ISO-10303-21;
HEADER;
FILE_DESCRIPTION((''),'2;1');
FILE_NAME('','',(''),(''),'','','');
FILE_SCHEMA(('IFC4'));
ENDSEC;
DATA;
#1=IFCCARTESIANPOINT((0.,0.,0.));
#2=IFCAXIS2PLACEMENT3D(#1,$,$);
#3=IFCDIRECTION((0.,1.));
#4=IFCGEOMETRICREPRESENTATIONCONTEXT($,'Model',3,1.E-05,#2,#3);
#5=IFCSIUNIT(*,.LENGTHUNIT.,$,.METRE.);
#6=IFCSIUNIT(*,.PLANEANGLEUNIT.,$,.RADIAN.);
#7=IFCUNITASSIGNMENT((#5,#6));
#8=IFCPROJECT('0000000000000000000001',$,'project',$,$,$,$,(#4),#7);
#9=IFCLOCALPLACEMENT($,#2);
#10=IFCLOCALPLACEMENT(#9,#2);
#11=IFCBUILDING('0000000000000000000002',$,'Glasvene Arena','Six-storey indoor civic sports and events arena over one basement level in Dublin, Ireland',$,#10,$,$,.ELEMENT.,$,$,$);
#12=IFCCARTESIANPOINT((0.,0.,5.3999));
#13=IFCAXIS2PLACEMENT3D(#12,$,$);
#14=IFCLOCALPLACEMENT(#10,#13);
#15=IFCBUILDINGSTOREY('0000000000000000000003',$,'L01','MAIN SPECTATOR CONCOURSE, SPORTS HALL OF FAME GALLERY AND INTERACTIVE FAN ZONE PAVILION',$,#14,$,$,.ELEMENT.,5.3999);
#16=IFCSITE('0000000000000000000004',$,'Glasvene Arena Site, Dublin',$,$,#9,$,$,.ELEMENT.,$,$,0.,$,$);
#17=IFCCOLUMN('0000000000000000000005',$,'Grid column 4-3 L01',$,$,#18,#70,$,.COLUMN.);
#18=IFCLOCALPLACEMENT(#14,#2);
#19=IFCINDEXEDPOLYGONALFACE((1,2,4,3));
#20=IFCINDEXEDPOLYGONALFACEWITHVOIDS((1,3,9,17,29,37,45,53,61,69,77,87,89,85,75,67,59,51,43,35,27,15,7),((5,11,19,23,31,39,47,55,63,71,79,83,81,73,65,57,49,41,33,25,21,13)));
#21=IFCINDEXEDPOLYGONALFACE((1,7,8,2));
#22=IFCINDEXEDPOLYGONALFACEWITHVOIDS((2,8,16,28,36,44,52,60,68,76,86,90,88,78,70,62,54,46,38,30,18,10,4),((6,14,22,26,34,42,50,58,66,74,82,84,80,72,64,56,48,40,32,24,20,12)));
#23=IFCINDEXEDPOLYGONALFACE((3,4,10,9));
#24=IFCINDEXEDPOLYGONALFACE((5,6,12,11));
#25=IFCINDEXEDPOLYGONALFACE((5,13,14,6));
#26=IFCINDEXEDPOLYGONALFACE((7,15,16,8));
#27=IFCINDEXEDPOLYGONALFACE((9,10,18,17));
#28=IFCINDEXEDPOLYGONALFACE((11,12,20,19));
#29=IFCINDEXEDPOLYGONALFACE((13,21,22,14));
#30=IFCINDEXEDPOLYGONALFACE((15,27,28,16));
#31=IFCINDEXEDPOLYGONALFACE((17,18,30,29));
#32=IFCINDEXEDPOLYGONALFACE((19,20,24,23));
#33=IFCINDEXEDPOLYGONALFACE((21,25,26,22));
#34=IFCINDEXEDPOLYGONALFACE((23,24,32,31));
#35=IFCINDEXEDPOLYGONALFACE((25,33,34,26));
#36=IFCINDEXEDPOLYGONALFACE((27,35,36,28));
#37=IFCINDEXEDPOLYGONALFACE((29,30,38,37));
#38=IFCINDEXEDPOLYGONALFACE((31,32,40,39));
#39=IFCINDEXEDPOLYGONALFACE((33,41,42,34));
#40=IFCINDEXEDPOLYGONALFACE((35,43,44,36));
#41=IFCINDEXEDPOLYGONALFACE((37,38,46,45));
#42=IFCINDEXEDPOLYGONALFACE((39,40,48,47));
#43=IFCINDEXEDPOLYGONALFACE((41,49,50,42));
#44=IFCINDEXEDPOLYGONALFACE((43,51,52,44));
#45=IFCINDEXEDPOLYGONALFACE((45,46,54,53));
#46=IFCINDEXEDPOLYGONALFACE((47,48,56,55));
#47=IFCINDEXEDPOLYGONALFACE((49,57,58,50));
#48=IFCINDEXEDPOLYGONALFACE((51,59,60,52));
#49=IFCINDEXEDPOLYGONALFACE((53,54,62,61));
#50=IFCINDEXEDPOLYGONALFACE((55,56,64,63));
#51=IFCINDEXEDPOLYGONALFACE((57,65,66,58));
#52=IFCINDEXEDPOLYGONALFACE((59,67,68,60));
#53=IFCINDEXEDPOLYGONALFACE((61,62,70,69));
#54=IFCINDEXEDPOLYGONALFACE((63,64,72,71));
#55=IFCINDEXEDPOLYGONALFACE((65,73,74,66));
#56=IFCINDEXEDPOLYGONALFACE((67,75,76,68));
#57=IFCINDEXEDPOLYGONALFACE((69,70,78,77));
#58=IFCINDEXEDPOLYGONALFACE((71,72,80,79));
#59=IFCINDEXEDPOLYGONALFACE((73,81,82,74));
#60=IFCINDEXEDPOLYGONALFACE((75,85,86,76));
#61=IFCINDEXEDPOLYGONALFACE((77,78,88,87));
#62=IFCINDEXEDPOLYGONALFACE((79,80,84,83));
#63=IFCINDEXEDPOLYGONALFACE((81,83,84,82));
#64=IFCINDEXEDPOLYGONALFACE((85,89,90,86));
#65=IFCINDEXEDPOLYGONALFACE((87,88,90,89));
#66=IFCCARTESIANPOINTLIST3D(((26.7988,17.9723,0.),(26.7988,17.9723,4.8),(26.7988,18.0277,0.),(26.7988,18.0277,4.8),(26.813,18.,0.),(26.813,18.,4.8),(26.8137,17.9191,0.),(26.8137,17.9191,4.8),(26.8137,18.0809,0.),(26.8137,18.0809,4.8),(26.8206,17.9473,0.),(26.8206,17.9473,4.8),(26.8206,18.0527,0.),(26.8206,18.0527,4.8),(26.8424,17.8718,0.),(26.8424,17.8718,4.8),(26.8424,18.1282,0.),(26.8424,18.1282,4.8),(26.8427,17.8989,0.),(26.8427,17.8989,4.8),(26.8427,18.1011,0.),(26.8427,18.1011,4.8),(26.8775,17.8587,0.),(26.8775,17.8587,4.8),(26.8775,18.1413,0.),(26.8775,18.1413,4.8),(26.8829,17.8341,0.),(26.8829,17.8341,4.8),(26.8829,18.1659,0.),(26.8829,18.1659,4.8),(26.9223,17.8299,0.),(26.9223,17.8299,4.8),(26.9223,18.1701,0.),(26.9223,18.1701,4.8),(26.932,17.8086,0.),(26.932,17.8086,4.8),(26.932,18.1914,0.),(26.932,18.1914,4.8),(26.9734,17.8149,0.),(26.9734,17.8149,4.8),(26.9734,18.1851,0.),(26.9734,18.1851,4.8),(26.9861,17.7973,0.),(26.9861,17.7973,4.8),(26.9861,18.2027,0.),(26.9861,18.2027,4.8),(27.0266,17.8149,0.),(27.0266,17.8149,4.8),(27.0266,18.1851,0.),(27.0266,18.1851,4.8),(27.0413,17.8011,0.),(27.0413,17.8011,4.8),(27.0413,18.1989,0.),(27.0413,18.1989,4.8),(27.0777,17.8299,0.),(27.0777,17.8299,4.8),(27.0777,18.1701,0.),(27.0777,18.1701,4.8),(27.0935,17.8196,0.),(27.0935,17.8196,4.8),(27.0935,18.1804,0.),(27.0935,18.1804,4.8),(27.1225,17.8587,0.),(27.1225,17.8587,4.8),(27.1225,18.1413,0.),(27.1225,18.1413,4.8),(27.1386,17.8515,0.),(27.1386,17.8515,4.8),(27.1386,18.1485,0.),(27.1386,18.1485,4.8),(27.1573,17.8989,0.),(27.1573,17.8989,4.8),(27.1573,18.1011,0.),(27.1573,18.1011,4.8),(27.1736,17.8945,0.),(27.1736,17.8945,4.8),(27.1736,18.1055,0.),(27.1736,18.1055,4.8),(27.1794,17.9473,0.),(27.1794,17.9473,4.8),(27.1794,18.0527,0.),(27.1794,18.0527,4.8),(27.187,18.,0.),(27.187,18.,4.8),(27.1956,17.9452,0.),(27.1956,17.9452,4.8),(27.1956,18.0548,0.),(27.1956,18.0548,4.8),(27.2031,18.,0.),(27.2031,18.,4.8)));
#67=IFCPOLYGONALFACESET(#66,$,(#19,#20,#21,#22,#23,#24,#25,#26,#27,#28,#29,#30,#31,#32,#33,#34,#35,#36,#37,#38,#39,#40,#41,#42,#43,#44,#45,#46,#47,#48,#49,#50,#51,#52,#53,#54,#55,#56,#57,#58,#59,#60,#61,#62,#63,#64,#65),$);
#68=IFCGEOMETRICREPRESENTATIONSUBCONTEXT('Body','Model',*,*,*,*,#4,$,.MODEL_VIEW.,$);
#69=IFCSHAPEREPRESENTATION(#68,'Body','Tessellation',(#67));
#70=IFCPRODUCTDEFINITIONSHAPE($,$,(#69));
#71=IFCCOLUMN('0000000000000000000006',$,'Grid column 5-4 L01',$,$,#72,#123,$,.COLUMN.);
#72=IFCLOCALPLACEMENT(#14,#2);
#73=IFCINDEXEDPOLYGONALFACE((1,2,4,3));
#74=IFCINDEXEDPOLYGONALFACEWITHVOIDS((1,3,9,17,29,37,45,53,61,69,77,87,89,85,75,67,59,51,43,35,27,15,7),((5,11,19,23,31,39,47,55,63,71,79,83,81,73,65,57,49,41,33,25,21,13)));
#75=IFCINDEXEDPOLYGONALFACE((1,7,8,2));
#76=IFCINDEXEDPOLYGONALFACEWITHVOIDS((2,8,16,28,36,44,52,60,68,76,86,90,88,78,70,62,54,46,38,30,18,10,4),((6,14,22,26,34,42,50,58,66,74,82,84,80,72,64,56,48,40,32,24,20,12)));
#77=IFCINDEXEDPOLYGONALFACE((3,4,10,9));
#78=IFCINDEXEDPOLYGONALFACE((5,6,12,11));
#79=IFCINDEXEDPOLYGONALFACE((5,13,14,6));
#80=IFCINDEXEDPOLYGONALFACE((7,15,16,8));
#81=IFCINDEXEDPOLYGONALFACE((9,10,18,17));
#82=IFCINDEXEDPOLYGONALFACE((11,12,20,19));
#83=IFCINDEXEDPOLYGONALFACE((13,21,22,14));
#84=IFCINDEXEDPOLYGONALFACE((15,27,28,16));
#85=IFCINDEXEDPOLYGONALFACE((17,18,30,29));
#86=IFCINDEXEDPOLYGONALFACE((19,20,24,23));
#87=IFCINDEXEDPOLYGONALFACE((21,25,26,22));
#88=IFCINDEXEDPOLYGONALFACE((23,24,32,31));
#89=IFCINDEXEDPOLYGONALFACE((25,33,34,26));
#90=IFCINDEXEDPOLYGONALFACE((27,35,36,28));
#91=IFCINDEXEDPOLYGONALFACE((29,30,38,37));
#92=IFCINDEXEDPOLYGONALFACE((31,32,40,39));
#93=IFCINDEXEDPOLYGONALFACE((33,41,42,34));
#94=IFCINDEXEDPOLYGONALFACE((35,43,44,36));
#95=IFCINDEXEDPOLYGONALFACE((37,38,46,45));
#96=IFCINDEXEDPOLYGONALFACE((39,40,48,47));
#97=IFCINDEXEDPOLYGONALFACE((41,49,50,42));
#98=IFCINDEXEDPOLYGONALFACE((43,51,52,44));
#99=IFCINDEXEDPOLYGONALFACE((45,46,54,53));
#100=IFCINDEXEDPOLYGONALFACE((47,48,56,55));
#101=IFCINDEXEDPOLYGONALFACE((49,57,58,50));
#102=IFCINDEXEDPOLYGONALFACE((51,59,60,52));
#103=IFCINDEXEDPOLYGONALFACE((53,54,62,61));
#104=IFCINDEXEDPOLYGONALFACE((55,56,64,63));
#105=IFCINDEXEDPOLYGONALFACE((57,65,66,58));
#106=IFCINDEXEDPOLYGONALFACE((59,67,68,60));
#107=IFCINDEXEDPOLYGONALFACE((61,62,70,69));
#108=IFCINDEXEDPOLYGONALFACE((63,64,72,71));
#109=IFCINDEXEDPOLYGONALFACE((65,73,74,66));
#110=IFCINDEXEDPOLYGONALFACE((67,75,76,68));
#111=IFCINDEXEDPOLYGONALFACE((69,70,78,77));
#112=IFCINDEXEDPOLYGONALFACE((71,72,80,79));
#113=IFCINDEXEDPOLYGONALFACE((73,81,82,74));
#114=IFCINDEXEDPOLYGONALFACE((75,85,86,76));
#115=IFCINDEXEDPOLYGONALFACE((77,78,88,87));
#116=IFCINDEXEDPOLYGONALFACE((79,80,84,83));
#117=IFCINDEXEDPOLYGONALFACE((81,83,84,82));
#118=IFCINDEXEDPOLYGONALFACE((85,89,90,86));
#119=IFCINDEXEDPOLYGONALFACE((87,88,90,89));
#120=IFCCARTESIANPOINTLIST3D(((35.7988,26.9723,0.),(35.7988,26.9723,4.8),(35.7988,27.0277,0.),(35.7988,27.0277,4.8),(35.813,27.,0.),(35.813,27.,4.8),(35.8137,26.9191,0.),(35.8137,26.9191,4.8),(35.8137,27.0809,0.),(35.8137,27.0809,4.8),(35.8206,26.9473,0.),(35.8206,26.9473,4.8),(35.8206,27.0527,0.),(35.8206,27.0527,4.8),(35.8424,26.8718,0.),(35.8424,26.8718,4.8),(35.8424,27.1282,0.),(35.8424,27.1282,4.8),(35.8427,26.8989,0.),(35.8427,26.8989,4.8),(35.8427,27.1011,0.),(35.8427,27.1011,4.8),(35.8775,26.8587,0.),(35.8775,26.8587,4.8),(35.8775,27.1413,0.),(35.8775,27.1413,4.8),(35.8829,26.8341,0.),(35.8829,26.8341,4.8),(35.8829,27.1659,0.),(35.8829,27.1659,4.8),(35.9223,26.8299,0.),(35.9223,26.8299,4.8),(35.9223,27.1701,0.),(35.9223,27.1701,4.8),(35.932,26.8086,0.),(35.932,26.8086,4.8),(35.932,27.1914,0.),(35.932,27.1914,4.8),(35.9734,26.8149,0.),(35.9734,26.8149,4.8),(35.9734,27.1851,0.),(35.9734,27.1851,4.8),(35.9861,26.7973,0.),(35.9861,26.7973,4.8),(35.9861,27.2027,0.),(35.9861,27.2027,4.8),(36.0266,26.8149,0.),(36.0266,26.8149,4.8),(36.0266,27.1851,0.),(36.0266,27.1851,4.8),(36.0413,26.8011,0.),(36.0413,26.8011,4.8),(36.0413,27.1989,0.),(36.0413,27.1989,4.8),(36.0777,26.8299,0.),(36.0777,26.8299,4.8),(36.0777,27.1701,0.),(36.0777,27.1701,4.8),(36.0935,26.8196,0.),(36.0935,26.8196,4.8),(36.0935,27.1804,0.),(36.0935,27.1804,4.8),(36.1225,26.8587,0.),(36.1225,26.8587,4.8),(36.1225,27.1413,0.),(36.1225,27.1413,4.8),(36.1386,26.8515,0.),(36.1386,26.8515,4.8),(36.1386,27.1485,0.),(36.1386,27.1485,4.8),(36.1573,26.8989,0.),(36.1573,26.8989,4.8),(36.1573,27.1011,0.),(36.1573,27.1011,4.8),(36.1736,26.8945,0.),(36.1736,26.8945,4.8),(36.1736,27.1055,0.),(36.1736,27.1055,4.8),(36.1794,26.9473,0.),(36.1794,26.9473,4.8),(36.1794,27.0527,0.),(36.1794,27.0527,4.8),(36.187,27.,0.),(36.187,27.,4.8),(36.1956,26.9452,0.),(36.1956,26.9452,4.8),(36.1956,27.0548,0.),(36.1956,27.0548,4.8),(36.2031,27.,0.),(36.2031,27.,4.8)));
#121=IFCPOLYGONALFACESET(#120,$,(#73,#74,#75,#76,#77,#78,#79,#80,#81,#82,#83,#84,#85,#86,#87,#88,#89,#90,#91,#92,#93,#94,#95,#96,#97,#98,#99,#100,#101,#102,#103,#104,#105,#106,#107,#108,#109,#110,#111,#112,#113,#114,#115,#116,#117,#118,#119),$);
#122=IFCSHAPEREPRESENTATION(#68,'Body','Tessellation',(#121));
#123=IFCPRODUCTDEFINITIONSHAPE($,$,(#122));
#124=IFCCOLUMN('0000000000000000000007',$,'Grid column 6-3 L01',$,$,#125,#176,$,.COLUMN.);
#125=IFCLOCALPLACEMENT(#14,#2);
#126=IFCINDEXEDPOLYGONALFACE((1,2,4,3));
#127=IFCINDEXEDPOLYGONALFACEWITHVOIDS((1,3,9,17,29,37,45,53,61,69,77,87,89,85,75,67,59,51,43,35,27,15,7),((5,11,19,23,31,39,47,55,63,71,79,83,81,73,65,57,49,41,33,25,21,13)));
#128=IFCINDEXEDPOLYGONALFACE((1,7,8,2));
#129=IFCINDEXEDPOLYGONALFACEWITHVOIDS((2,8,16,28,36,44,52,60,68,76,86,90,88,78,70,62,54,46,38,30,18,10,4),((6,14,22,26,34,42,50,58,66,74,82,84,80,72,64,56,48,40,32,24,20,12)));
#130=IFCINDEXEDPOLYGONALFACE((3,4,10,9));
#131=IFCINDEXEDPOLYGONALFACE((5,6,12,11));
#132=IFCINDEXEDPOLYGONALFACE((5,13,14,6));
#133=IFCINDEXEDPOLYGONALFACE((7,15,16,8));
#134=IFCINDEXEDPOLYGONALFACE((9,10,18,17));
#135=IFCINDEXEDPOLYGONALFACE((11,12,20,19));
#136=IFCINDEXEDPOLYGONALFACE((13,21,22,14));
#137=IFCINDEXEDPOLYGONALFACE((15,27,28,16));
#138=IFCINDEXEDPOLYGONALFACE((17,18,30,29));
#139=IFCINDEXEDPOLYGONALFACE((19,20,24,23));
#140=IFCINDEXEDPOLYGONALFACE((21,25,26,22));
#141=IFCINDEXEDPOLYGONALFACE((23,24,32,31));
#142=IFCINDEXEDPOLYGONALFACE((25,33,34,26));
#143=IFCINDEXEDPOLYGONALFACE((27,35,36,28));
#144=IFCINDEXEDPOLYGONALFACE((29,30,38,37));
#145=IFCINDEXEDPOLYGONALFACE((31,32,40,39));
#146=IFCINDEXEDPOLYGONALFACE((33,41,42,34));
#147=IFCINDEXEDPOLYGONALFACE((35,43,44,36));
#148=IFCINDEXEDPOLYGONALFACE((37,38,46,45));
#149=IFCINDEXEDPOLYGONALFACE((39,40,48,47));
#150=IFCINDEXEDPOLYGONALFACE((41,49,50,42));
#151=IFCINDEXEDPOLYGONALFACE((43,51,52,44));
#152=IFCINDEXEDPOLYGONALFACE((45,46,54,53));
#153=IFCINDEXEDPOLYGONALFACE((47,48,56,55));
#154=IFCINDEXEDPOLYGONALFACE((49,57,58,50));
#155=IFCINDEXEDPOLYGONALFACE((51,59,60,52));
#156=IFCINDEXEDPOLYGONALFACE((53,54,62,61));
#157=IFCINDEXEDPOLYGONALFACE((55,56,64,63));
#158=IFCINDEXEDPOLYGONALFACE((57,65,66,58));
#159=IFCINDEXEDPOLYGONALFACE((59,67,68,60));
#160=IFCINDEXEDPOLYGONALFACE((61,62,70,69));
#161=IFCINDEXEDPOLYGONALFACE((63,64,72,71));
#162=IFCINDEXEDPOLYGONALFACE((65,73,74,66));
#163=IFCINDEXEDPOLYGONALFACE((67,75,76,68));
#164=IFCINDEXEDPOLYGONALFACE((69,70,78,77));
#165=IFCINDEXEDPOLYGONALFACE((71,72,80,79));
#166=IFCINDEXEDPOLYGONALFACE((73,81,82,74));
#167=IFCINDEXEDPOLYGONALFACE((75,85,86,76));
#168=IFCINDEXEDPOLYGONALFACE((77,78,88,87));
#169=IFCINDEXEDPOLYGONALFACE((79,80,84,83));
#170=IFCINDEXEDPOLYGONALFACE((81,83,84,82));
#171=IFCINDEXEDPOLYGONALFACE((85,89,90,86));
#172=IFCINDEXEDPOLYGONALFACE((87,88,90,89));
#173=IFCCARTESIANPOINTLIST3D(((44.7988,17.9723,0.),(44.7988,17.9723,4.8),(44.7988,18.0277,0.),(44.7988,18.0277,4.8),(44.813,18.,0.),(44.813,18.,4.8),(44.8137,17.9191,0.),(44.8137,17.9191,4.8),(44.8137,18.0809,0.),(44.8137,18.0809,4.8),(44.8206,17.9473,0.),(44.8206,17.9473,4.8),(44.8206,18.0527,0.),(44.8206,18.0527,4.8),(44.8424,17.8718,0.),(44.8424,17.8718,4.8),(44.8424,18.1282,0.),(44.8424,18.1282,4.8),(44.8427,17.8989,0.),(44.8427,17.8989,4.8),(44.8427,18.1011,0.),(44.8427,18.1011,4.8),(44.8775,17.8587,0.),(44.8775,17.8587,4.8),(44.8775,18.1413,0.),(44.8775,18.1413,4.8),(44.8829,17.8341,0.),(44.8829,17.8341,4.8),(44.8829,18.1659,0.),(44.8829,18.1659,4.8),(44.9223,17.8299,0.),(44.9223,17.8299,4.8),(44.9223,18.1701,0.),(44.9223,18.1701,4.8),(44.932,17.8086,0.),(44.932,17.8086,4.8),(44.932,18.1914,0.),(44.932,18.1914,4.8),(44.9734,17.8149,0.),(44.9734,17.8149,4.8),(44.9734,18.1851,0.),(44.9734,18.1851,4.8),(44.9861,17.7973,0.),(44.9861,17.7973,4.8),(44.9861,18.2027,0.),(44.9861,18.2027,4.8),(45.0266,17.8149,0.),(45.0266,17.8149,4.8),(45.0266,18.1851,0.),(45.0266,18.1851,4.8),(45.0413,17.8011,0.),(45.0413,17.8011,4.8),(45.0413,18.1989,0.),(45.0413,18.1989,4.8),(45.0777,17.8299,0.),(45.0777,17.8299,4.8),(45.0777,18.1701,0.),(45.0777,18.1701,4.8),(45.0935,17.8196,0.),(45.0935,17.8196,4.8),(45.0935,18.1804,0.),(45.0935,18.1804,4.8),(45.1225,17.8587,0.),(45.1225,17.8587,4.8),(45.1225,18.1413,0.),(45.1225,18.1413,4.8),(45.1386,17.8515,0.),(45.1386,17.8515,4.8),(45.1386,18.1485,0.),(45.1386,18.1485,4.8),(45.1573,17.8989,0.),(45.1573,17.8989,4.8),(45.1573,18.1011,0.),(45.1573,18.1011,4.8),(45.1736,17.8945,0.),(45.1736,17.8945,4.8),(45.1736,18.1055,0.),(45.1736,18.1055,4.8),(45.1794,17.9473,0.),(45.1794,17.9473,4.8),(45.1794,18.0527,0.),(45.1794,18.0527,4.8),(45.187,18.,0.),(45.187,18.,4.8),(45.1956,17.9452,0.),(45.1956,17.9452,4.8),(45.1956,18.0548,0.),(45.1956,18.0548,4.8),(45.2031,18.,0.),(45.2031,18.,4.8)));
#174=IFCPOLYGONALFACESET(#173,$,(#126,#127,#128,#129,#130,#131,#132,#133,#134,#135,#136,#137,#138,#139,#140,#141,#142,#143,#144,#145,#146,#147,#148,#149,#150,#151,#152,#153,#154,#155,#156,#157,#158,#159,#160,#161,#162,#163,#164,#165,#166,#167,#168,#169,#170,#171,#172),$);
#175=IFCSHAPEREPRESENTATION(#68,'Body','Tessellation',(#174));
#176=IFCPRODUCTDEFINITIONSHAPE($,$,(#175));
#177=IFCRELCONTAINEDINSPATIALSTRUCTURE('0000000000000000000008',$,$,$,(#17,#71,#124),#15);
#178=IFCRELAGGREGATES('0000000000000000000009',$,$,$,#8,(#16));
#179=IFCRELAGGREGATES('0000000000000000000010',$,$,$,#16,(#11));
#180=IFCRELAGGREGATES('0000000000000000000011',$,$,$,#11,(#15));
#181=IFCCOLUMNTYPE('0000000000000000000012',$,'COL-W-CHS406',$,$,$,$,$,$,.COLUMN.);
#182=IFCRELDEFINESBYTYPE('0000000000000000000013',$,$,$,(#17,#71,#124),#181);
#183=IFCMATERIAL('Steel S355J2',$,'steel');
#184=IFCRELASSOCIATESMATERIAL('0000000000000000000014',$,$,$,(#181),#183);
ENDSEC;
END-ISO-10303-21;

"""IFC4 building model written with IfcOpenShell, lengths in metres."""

from ifc_helpers import new_model, si_unit, direction, frame, origin, origin_2d, place, context, subcontext, project, spatial, hollow_circle, extrude, material, material_profile, profile_set, type_object, element, save


model = new_model("IFC4")

# Units and contexts
model_context = context("Model", 3, precision=1e-05, world=origin(), true_north=direction((0.0, 1.0)))
body_context = subcontext(model_context, "Body", "Model", "MODEL_VIEW")
ifc_project = project(units=[si_unit("LENGTHUNIT", "METRE"), si_unit("PLANEANGLEUNIT", "RADIAN")], contexts=[model_context])

# Site, building, storey
site_placement = place(None, origin())
site = spatial("IfcSite", under=ifc_project, at=site_placement, Name="Glasvene Arena Site, Dublin", CompositionType="ELEMENT", RefElevation=0.0)
building_placement = place(site_placement, origin())
building = spatial("IfcBuilding", under=site, at=building_placement, Name="Glasvene Arena", Description="Six-storey indoor civic sports and events arena over one basement level in Dublin, Ireland", CompositionType="ELEMENT")
storey_placement = place(building_placement, frame((0.0, 0.0, 5.3999)))
storey = spatial("IfcBuildingStorey", under=building, at=storey_placement, Name="L01", Description="MAIN SPECTATOR CONCOURSE, SPORTS HALL OF FAME GALLERY AND INTERACTIVE FAN ZONE PAVILION", CompositionType="ELEMENT", Elevation=5.3999)

# Columns
ifc_material_1 = material(Name="Steel S355J2", Category="steel")
ifc_material_profile_1 = material_profile(ifc_material_1, hollow_circle(Radius=0.2031, WallThickness=0.0161, at=origin_2d()), Name="CHS 406.4x16.0")
ifc_profile_set_1 = profile_set([ifc_material_profile_1], Name="Steel S355J2")
column_type_1 = type_object("IfcColumnType", Name="COL-W-CHS406", PredefinedType="COLUMN", material=ifc_profile_set_1)
for number, where, z_axis, x_axis, name in (
    (1, (27.0, 18.0, 0.0), (0.0, 0.0, 1.0), (1.0, 0.0, 0.0), "Grid column 4-3 L01"),
    (2, (36.0, 27.0, 0.0), (0.0, 0.0, 1.0), (1.0, 0.0, 0.0), "Grid column 5-4 L01"),
    (3, (45.0, 18.0, 0.0), (0.0, 0.0, 1.0), (1.0, 0.0, 0.0), "Grid column 6-3 L01"),
):
    element("IfcColumn", number, at=place(storey_placement, frame(where, z_axis=z_axis, x_axis=x_axis)), inside=storey, type_object=column_type_1, Name=name, PredefinedType="COLUMN", context=body_context, shape_type="SweptSolid", body=[
        extrude(hollow_circle(Radius=0.2031, WallThickness=0.0161, at=origin_2d()), origin(), (0.0, 0.0, 1.0), 4.8),
    ])

save(model, "model.ifc")
